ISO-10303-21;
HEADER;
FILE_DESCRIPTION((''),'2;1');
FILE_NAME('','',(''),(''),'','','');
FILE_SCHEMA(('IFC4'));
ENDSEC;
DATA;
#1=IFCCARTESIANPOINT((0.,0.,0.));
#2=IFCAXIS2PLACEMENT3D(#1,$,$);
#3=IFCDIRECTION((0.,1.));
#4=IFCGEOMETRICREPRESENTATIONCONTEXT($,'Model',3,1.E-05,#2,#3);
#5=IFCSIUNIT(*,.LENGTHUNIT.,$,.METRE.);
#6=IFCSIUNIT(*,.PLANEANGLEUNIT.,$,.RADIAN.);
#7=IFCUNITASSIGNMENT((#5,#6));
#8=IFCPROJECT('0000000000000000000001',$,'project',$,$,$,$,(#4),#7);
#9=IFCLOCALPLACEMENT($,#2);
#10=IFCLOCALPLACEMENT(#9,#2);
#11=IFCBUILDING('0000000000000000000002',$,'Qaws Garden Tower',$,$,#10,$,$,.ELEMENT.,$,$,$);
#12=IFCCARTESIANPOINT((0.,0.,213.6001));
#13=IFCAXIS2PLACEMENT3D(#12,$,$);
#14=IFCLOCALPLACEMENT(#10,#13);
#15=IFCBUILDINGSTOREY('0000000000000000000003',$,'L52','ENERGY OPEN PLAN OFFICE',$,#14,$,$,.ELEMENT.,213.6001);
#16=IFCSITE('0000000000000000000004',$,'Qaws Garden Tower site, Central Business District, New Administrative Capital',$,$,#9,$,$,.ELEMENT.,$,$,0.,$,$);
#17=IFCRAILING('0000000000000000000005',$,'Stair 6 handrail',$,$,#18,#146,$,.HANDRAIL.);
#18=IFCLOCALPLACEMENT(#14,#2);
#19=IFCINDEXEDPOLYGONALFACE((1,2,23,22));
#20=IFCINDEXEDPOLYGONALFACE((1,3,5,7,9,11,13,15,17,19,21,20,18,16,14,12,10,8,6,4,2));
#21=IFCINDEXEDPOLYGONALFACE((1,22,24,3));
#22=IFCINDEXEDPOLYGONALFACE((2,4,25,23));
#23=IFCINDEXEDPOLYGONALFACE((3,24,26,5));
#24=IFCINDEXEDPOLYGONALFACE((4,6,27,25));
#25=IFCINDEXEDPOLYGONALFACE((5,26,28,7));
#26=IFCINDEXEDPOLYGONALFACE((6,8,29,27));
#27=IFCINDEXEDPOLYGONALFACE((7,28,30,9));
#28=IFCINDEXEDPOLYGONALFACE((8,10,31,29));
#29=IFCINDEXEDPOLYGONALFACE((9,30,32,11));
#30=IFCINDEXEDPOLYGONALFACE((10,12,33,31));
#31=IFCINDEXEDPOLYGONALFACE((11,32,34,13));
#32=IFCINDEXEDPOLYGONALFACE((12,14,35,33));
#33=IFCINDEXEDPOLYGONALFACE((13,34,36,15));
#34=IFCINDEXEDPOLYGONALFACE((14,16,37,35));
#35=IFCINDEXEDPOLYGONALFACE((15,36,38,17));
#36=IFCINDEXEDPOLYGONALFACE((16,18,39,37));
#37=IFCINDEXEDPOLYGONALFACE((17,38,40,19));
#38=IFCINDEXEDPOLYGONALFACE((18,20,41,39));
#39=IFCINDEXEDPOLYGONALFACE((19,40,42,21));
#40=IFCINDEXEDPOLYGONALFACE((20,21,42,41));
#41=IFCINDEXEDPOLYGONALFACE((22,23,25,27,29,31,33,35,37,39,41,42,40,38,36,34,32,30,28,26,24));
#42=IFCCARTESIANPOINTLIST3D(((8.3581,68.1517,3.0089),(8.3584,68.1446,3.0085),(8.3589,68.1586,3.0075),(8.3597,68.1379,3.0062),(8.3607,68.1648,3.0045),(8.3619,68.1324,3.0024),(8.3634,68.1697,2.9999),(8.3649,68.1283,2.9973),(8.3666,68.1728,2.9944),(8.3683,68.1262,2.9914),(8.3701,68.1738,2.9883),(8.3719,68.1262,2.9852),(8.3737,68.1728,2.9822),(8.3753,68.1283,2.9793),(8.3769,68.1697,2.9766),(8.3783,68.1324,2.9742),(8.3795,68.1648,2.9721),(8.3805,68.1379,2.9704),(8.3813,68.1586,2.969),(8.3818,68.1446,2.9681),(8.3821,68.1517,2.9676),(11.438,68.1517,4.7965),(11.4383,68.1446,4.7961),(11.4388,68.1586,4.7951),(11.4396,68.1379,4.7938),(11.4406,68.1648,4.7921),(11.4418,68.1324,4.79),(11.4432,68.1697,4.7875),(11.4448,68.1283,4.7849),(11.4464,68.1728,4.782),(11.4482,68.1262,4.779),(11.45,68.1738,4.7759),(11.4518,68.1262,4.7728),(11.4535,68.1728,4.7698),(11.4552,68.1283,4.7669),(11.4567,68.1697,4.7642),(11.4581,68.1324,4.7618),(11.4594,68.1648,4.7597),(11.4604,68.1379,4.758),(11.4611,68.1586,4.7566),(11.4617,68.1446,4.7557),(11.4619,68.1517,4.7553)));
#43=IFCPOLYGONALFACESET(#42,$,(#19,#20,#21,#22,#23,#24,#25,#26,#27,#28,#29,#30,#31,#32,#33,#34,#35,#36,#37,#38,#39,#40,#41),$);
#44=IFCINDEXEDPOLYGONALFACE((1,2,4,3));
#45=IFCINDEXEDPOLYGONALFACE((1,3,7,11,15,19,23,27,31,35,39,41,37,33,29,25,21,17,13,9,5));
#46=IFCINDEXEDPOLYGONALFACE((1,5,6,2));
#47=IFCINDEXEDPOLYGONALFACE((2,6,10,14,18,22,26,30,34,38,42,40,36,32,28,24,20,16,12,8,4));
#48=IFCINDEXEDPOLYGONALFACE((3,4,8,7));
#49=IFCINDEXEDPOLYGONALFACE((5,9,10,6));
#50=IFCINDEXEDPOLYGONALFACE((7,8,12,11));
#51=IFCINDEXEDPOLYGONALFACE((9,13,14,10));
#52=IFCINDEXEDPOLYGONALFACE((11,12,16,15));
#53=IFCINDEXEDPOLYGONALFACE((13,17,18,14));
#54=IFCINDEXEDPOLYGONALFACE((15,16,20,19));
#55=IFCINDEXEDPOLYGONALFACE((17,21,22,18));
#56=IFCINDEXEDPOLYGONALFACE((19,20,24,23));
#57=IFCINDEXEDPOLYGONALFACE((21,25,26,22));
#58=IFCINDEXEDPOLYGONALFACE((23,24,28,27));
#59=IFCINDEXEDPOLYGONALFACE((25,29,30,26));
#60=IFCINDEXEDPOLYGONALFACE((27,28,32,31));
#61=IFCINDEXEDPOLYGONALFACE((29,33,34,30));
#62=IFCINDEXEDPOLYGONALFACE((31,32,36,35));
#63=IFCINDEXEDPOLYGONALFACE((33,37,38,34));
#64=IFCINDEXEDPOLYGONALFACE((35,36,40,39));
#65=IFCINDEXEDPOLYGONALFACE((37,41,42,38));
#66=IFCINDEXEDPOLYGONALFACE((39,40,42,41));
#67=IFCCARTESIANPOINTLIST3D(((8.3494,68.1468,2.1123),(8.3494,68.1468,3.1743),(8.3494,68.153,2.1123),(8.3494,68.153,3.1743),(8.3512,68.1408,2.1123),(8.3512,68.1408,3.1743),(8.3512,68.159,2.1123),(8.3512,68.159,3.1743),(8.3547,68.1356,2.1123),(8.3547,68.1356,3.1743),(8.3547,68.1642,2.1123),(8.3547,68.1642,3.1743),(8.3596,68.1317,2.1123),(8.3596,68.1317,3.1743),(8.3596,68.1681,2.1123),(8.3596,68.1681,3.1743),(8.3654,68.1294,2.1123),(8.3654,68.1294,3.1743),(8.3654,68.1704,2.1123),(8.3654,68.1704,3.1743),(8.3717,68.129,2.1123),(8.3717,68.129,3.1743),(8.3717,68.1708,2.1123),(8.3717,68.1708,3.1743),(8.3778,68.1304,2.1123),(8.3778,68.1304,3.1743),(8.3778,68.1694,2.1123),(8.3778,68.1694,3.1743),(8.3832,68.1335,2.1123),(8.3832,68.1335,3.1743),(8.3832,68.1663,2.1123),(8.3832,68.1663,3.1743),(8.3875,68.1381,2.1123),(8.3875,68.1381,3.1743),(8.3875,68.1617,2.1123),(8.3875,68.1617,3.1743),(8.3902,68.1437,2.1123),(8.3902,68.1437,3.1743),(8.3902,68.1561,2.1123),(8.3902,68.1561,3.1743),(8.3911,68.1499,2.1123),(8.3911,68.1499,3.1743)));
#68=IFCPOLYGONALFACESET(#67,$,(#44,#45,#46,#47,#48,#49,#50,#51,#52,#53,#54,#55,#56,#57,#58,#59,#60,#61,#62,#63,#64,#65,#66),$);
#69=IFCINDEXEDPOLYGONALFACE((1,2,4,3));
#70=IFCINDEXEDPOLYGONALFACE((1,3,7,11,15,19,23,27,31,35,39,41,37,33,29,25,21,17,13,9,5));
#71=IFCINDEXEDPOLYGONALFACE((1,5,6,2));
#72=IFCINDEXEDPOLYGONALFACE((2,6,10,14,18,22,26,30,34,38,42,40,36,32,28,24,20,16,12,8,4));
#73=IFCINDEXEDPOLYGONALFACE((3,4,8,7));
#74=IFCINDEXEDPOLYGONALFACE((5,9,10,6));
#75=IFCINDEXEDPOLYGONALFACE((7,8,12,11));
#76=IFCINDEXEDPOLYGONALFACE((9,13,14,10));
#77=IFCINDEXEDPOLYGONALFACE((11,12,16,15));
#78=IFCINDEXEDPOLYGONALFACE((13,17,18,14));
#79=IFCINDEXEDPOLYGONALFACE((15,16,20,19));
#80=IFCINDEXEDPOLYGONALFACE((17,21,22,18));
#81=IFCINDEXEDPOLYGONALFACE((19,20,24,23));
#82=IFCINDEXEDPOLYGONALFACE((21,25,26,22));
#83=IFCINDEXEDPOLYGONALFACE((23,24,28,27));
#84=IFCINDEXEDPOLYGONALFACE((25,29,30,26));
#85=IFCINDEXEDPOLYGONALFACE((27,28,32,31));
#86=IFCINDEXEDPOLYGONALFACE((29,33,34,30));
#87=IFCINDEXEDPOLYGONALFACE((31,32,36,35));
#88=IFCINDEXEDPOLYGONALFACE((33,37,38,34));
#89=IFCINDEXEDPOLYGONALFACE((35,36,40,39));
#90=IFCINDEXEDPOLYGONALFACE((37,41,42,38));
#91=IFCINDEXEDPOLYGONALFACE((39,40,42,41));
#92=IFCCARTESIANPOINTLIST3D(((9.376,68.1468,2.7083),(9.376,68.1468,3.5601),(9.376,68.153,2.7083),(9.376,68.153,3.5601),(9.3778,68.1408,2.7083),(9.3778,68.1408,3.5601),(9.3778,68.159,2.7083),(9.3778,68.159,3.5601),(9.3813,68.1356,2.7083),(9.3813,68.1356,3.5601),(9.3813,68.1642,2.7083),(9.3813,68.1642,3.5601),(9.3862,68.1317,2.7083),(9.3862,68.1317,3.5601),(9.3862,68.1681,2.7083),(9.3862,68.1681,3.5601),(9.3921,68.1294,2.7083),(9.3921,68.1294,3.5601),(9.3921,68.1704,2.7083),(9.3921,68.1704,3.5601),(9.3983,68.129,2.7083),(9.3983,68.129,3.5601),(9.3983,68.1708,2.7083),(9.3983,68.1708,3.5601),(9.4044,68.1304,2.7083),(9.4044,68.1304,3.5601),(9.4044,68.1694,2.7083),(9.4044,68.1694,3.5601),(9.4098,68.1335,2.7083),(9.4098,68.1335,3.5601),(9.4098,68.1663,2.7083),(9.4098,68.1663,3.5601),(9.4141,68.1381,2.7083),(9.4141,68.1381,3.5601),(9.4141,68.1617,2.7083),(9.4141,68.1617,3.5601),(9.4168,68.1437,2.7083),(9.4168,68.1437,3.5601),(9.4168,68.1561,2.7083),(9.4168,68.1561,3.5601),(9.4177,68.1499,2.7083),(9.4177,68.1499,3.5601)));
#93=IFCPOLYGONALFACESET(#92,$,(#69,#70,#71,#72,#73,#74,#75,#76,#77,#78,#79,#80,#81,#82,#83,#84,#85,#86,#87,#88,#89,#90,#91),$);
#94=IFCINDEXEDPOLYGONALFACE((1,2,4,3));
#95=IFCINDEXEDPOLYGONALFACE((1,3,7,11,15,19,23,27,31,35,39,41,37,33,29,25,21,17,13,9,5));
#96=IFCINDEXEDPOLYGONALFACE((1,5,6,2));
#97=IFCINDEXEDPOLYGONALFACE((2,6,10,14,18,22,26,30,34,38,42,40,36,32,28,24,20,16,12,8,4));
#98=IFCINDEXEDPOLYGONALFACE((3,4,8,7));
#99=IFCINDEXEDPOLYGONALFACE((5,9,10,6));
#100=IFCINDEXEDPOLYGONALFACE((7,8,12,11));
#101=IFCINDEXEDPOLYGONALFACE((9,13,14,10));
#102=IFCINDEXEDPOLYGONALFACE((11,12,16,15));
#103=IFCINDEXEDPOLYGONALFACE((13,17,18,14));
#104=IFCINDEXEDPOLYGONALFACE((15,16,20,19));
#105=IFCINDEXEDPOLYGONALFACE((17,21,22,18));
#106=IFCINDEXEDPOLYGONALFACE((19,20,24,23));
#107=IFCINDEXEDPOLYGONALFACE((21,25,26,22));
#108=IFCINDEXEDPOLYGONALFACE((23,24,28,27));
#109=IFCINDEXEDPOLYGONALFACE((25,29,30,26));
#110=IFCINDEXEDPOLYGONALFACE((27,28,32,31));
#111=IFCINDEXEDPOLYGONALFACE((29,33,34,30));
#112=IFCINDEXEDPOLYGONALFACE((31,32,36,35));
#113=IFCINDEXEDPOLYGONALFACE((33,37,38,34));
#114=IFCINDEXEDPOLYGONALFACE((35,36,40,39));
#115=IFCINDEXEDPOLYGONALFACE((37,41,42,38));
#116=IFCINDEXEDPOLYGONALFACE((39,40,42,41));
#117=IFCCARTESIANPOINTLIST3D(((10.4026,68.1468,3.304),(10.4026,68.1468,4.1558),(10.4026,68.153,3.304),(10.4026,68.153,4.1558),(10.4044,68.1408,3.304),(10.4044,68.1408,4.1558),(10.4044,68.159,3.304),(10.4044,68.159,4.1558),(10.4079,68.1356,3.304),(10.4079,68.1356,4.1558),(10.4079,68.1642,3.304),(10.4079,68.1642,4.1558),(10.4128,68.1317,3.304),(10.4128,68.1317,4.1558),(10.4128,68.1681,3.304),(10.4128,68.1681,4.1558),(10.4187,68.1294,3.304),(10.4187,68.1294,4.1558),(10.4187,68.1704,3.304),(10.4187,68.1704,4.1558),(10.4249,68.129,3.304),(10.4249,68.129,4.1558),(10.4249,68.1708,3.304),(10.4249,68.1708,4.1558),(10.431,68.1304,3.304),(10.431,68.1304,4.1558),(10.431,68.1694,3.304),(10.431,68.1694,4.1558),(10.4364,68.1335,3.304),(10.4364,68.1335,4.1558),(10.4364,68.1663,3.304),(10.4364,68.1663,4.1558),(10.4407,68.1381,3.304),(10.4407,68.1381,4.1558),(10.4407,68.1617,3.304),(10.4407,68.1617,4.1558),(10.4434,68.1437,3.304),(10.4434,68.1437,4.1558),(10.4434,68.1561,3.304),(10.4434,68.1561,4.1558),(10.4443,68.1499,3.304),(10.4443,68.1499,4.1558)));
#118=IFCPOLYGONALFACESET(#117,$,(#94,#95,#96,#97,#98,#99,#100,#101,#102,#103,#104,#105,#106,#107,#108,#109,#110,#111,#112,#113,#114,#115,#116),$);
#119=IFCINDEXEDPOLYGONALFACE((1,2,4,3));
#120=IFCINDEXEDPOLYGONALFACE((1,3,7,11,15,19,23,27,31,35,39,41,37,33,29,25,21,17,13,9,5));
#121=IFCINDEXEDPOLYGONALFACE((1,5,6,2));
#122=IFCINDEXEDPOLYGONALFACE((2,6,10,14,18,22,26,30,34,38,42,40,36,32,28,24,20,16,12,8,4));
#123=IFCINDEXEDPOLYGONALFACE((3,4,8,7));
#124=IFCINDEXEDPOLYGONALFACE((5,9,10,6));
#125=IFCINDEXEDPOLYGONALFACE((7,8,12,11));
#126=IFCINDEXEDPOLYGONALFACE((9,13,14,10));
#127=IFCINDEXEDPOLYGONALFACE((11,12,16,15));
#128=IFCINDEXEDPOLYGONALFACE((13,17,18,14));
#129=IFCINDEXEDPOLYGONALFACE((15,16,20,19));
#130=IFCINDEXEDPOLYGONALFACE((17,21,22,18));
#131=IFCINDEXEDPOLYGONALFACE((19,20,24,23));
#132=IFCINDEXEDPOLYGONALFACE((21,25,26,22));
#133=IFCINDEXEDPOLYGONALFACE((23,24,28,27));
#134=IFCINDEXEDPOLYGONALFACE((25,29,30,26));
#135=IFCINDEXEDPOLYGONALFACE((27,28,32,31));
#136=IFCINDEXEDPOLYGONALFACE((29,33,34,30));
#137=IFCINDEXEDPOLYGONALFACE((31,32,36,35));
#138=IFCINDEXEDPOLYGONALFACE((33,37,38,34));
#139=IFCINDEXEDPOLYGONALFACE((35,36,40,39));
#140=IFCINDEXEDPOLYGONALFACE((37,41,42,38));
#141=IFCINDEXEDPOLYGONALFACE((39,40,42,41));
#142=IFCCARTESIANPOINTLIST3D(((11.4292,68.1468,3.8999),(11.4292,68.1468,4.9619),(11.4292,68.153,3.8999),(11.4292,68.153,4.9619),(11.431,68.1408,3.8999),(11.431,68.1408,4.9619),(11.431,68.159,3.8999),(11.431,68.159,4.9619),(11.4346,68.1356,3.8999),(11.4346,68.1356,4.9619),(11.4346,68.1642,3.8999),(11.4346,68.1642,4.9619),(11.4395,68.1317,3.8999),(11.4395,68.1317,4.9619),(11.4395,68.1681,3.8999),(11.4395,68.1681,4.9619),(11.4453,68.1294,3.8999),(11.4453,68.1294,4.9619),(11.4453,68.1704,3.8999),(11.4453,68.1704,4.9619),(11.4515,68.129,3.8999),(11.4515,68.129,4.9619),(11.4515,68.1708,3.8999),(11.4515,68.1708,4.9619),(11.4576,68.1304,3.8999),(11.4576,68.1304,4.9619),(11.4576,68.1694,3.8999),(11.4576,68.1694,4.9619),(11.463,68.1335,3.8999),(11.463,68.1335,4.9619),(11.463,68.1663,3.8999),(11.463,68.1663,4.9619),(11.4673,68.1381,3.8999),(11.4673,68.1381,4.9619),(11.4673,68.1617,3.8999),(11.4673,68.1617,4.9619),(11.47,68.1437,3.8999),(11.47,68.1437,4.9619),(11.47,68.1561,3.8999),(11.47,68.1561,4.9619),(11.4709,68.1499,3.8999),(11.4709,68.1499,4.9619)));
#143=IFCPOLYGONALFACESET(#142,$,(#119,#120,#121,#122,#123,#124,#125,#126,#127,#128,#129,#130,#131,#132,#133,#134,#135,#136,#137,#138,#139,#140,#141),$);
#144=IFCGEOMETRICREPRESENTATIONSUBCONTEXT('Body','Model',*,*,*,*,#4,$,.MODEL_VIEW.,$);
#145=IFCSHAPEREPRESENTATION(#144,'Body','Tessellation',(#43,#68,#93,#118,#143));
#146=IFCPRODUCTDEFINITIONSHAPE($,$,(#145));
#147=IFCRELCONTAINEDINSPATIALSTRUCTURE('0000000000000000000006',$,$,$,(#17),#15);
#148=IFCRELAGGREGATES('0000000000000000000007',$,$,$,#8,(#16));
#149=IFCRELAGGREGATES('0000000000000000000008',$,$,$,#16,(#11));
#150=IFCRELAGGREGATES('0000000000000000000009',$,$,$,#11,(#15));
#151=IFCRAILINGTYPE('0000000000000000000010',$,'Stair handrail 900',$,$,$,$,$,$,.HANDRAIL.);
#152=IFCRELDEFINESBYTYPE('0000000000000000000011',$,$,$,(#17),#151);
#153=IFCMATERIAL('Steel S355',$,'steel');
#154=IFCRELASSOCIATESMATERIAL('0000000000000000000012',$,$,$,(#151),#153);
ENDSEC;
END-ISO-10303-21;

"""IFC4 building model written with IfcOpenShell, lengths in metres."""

from ifc_helpers import new_model, si_unit, direction, frame, origin, origin_2d, place, context, subcontext, project, spatial, circle, extrude, material, type_object, element, save


model = new_model("IFC4")

# Units and contexts
model_context = context("Model", 3, precision=1e-05, world=origin(), true_north=direction((0.0, 1.0)))
body_context = subcontext(model_context, "Body", "Model", "MODEL_VIEW")
ifc_project = project(units=[si_unit("LENGTHUNIT", "METRE"), si_unit("PLANEANGLEUNIT", "RADIAN")], contexts=[model_context])

# Site, building, storey
site_placement = place(None, origin())
site = spatial("IfcSite", under=ifc_project, at=site_placement, Name="Qaws Garden Tower site, Central Business District, New Administrative Capital", CompositionType="ELEMENT", RefElevation=0.0)
building_placement = place(site_placement, origin())
building = spatial("IfcBuilding", under=site, at=building_placement, Name="Qaws Garden Tower", CompositionType="ELEMENT")
storey_placement = place(building_placement, frame((0.0, 0.0, 213.6001)))
storey = spatial("IfcBuildingStorey", under=building, at=storey_placement, Name="L52", Description="ENERGY OPEN PLAN OFFICE", CompositionType="ELEMENT", Elevation=213.6001)

# Railing
ifc_material_1 = material(Name="Steel S355", Category="steel")
railing_type = type_object("IfcRailingType", Name="Stair handrail 900", PredefinedType="HANDRAIL", material=ifc_material_1)
railing_1_placement = place(storey_placement, frame((8.3701, 68.1499, 2.1123)))
element("IfcRailing", 1, at=railing_1_placement, inside=storey, type_object=railing_type, Name="Stair 6 handrail", PredefinedType="HANDRAIL", context=body_context, shape_type="SweptSolid", body=[
    extrude(circle(Radius=0.0239, at=origin_2d()), frame((0.0, 0.0, 0.876), z_axis=(0.864873, 0.0, 0.50199), x_axis=(0.0, 1.0, 0.0)), (0.0, 0.0, 1.0), 3.561),
    extrude(circle(Radius=0.021, at=origin_2d()), origin(), (0.0, 0.0, 1.0), 1.062),
    extrude(circle(Radius=0.021, at=origin_2d()), frame((1.0266, 0.0, 0.5959)), (0.0, 0.0, 1.0), 0.8518),
    extrude(circle(Radius=0.021, at=origin_2d()), frame((2.0532, 0.0, 1.1917)), (0.0, 0.0, 1.0), 0.8518),
    extrude(circle(Radius=0.021, at=origin_2d()), frame((3.0798, 0.0, 1.7876)), (0.0, 0.0, 1.0), 1.062),
])

save(model, "model.ifc")
